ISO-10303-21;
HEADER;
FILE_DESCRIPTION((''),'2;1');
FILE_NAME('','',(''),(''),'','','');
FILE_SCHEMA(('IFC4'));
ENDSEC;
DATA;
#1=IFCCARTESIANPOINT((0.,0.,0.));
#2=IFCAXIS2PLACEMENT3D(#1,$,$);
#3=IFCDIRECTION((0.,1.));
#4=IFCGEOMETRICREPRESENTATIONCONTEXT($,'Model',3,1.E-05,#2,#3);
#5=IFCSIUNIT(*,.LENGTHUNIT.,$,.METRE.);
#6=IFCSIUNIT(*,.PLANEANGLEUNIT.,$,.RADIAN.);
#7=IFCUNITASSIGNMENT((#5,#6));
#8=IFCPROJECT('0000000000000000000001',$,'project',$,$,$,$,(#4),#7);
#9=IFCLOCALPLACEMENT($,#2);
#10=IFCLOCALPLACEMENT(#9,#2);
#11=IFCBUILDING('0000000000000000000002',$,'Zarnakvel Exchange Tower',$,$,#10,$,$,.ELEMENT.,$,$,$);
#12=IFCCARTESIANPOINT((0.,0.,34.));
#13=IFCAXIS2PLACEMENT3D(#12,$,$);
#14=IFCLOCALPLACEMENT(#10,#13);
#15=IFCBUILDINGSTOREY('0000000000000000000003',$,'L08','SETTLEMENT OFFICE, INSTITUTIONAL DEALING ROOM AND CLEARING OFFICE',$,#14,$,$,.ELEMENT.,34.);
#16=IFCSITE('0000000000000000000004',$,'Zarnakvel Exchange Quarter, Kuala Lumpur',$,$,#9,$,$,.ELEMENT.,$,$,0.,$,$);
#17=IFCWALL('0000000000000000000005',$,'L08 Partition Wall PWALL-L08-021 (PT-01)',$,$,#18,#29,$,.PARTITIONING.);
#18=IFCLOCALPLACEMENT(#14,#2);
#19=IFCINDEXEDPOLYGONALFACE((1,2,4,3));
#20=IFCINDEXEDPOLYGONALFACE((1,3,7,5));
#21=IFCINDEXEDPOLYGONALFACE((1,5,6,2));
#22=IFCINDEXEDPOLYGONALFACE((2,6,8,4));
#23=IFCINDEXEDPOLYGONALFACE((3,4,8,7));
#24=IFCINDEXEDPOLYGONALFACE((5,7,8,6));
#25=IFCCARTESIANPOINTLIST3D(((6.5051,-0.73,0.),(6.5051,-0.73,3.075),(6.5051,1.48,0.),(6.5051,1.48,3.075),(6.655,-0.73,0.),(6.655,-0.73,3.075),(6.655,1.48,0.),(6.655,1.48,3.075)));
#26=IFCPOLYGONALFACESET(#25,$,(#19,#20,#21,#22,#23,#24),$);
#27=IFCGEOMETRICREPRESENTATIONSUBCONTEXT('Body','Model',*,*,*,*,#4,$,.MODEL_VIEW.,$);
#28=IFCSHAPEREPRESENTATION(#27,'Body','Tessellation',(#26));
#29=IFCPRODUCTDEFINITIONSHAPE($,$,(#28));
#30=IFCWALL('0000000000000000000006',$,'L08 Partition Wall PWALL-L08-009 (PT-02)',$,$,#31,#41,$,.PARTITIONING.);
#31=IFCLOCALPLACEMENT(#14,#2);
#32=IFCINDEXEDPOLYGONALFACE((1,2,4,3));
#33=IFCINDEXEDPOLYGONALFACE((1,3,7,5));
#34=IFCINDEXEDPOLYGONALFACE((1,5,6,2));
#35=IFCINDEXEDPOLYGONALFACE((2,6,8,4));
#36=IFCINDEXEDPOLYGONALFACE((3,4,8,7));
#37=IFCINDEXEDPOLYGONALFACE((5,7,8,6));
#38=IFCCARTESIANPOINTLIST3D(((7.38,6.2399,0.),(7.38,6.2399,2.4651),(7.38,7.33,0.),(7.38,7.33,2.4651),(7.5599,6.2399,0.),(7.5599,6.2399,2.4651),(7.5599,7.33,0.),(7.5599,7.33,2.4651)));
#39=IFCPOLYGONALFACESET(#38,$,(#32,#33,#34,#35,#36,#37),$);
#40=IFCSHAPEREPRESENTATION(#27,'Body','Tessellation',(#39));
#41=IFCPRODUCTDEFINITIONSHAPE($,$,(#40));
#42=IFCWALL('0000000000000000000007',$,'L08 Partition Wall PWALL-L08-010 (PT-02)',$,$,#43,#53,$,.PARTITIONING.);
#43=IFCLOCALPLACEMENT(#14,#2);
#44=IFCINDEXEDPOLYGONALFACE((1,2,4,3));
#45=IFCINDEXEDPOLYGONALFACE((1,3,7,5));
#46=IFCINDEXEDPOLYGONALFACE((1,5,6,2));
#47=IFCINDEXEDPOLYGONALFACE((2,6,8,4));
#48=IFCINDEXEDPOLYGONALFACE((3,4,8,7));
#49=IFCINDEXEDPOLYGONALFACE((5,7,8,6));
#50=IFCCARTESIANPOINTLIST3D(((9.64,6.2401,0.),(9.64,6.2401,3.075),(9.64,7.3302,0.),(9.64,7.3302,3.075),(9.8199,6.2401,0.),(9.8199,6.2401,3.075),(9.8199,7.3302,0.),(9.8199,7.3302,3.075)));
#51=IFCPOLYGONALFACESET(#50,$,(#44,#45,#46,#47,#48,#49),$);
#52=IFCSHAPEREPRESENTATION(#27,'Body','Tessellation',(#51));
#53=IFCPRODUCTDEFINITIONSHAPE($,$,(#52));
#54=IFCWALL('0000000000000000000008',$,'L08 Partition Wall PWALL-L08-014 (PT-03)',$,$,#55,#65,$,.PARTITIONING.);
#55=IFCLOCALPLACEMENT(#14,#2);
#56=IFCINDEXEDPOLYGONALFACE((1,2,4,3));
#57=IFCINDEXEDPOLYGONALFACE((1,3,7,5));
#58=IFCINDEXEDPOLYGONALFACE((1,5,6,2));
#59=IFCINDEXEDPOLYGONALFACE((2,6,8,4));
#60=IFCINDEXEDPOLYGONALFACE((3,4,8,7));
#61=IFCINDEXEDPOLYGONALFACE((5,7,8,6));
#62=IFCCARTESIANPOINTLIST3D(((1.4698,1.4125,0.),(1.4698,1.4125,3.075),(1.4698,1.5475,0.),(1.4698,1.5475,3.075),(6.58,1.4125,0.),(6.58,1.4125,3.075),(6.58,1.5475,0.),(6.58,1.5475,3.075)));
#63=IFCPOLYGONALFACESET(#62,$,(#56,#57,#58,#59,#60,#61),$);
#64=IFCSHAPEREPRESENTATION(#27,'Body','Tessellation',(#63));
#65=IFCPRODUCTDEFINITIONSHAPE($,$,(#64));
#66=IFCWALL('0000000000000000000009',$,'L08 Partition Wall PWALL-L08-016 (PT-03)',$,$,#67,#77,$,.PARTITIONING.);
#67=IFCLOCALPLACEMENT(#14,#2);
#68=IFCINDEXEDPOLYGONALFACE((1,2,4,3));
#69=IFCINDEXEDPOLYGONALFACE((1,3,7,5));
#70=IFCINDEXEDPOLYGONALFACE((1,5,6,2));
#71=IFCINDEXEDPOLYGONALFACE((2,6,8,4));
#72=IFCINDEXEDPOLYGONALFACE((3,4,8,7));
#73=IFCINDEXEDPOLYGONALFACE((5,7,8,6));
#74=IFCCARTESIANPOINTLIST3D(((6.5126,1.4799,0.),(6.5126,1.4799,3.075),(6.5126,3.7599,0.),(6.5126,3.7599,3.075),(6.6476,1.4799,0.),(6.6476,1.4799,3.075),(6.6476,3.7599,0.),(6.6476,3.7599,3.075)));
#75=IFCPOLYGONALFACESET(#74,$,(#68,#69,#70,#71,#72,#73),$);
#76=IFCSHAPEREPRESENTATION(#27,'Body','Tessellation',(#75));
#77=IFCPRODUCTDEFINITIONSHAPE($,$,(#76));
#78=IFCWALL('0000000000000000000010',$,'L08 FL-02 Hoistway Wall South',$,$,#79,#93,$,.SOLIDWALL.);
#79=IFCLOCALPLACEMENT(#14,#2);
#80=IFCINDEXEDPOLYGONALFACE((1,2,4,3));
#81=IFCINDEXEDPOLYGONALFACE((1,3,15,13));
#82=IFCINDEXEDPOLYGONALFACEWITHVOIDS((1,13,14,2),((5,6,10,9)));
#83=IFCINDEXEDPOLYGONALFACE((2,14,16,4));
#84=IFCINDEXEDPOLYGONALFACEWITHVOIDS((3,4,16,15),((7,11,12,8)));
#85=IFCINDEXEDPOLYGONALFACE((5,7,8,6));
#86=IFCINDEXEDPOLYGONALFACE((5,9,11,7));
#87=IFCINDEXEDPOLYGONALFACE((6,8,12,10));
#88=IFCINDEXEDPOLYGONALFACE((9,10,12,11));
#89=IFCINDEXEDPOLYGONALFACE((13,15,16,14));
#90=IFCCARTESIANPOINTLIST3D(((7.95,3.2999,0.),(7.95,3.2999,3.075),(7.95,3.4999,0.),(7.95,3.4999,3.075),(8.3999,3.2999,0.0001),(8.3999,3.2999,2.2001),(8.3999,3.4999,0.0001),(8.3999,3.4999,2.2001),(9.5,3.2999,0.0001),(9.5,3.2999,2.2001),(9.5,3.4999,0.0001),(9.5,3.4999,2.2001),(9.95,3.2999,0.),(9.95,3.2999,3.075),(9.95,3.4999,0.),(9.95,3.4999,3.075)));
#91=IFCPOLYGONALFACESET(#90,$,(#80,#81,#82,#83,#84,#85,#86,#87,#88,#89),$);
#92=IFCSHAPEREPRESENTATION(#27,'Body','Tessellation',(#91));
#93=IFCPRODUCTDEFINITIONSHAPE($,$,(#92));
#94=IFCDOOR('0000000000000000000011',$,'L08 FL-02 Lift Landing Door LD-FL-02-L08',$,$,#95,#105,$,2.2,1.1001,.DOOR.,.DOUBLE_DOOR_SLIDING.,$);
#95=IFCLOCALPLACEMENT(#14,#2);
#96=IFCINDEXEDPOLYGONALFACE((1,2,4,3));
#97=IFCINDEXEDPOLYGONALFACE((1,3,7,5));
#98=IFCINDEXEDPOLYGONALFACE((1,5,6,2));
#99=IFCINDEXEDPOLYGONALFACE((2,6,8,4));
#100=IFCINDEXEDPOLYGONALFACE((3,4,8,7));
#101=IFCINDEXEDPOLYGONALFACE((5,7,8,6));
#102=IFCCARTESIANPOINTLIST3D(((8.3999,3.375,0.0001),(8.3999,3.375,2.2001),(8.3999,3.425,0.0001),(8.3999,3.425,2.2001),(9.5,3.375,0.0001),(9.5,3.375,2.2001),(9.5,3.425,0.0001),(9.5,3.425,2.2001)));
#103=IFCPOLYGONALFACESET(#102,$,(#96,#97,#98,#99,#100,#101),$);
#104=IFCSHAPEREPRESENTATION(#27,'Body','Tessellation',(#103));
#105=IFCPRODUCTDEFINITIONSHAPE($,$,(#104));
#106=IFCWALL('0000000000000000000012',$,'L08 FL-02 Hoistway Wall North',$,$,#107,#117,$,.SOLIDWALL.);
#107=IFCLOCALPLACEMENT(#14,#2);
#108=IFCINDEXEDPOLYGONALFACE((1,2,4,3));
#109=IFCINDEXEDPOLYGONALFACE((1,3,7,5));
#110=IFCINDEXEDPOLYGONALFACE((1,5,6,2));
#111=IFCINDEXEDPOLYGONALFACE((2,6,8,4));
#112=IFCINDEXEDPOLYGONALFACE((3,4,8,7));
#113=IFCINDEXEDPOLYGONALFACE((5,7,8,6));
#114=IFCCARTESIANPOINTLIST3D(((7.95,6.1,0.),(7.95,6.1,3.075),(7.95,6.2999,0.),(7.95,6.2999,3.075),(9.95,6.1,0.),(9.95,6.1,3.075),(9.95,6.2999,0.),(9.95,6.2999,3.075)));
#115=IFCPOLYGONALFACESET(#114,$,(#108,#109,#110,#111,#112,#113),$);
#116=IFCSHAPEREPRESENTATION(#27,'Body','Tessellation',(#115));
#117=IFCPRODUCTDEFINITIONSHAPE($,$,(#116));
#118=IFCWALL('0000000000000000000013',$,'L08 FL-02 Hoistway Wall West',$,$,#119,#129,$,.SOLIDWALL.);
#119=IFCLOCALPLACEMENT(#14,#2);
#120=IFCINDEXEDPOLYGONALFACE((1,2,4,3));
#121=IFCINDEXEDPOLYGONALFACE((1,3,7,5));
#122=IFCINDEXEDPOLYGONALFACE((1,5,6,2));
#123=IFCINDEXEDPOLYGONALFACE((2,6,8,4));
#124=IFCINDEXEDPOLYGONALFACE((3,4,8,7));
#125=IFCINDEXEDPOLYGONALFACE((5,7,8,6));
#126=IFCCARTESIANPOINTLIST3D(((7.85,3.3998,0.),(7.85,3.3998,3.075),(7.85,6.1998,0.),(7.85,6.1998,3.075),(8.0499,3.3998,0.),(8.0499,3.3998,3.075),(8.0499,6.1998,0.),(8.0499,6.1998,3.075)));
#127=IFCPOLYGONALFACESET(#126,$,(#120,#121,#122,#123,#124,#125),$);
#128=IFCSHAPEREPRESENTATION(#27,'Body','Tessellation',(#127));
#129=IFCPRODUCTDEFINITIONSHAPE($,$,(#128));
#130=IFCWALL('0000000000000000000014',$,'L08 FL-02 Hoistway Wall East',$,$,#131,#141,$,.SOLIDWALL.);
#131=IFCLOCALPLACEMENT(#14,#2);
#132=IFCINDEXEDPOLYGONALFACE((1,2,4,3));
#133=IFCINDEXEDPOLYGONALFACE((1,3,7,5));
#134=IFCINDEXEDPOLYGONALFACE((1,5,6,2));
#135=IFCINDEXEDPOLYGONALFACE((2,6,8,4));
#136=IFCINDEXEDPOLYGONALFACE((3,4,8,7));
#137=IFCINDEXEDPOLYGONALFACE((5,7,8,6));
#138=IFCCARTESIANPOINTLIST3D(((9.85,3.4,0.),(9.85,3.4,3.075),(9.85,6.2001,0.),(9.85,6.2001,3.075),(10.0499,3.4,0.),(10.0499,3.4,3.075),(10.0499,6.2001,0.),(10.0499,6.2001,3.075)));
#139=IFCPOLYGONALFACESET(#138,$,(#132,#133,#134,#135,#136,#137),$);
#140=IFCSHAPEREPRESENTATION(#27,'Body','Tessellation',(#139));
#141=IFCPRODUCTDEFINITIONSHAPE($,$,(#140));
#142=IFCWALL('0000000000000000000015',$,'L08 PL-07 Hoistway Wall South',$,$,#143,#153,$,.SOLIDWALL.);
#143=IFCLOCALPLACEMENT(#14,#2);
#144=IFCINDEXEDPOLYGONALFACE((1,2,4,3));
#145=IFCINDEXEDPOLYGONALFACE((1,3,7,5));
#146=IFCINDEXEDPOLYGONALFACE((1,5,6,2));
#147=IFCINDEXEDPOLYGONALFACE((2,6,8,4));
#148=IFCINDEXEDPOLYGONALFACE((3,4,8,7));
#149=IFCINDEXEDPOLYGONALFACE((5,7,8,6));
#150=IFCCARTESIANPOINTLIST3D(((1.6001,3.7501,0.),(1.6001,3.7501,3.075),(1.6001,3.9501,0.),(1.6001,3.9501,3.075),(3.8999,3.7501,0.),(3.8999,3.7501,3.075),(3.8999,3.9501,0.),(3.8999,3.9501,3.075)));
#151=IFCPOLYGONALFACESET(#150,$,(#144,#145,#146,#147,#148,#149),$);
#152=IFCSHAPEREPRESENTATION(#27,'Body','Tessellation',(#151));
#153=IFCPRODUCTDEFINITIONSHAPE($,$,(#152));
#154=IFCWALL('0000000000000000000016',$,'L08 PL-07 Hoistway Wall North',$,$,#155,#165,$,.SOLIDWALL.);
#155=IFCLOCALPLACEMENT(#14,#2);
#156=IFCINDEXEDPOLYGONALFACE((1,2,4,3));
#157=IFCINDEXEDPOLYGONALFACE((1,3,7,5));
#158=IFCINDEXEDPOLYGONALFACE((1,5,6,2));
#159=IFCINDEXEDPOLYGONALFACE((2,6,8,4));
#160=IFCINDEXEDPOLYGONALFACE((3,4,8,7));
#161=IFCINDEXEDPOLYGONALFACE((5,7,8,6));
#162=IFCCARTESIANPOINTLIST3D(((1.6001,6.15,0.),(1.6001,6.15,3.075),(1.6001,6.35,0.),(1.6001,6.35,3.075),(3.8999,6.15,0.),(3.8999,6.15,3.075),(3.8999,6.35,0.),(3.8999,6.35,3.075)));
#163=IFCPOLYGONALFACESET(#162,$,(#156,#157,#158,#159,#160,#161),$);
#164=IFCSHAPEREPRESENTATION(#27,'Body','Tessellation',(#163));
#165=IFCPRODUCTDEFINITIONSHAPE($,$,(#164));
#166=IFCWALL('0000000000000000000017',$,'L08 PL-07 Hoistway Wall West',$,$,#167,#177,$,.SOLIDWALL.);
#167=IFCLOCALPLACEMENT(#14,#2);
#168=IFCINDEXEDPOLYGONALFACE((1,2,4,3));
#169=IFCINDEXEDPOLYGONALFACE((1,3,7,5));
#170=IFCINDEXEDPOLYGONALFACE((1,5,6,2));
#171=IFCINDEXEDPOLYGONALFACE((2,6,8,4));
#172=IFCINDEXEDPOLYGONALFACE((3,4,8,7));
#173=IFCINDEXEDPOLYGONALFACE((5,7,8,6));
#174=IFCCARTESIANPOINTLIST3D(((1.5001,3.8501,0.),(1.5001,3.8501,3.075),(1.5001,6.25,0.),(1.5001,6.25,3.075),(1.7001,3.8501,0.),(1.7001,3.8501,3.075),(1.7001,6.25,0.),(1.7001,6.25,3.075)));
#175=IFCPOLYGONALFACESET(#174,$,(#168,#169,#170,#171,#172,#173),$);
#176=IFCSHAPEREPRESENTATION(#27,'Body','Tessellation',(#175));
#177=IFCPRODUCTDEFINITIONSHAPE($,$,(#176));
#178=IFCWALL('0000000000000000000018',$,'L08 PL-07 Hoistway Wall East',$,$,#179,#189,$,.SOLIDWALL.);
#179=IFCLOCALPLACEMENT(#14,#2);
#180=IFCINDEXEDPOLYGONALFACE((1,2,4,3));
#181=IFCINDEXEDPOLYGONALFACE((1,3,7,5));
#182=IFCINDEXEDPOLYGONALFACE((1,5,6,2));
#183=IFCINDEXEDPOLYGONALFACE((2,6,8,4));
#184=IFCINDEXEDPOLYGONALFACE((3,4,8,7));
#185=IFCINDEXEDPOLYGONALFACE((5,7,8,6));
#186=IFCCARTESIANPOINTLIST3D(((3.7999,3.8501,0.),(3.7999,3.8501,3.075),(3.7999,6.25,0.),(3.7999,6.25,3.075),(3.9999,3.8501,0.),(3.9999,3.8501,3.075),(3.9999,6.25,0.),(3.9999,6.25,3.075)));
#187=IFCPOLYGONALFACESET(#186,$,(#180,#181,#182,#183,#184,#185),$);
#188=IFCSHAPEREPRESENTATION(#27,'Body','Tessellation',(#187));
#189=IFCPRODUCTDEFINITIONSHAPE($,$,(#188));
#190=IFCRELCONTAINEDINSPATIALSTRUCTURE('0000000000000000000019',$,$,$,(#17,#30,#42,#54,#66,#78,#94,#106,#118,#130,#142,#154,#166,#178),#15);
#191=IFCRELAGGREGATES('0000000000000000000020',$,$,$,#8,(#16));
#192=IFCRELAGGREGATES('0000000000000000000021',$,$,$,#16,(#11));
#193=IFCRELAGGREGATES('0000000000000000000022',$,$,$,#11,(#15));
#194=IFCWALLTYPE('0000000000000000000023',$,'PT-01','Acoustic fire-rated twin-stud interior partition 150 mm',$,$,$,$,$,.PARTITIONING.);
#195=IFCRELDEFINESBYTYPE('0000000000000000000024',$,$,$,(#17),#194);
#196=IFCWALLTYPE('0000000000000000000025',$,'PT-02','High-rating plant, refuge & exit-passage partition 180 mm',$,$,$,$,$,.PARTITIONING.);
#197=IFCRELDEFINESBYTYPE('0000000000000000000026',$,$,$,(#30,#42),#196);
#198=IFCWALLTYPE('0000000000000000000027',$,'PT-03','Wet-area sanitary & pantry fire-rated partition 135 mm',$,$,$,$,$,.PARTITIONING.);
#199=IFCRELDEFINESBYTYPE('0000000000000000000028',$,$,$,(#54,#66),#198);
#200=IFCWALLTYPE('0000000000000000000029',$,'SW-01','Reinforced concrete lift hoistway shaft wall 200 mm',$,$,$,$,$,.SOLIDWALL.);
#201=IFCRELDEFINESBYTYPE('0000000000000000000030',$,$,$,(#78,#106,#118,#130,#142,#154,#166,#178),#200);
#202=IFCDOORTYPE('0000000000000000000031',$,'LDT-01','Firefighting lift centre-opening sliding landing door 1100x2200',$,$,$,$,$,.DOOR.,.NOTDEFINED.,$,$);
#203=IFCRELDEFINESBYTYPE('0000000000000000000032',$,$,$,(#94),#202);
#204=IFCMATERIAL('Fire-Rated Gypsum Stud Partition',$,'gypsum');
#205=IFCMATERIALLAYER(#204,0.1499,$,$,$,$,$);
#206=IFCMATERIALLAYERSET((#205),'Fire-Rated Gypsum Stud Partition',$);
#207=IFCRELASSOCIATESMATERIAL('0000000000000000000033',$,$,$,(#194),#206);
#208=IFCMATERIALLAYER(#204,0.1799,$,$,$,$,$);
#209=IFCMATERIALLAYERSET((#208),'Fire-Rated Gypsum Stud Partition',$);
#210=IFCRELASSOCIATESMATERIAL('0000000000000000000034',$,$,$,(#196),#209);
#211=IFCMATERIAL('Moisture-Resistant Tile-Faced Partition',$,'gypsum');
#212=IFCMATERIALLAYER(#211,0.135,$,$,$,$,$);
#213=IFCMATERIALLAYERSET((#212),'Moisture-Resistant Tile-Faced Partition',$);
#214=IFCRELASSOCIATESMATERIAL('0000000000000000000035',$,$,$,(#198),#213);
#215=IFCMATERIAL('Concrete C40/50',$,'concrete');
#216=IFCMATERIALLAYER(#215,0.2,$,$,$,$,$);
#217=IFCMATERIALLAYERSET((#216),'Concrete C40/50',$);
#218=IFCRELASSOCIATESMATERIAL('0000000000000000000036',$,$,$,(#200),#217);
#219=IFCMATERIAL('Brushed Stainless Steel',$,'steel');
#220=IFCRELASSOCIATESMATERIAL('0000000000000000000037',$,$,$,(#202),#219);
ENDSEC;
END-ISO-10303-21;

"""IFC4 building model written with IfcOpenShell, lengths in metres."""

from ifc_helpers import new_model, si_unit, direction, frame, frame_2d, origin, place, context, subcontext, project, spatial, rectangle, extrude, source, transform, mapped, material, layer, layer_set, type_object, element, fill, save


model = new_model("IFC4")

# Units and contexts
model_context = context("Model", 3, precision=1e-05, world=origin(), true_north=direction((0.0, 1.0)))
body_context = subcontext(model_context, "Body", "Model", "MODEL_VIEW")
ifc_project = project(units=[si_unit("LENGTHUNIT", "METRE"), si_unit("PLANEANGLEUNIT", "RADIAN")], contexts=[model_context])

# Site, building, storey
site_placement = place(None, origin())
site = spatial("IfcSite", under=ifc_project, at=site_placement, Name="Zarnakvel Exchange Quarter, Kuala Lumpur", CompositionType="ELEMENT", RefElevation=0.0)
building_placement = place(site_placement, origin())
building = spatial("IfcBuilding", under=site, at=building_placement, Name="Zarnakvel Exchange Tower", CompositionType="ELEMENT")
storey_placement = place(building_placement, frame((0.0, 0.0, 34.0)))
storey = spatial("IfcBuildingStorey", under=building, at=storey_placement, Name="L08", Description="SETTLEMENT OFFICE, INSTITUTIONAL DEALING ROOM AND CLEARING OFFICE", CompositionType="ELEMENT", Elevation=34.0)

# Walls
ifc_material_1 = material(Name="Fire-Rated Gypsum Stud Partition", Category="gypsum")
ifc_layer_1 = layer(ifc_material_1, 0.1499)
ifc_layer_set_1 = layer_set([ifc_layer_1], Name="Fire-Rated Gypsum Stud Partition")
wall_type_1 = type_object("IfcWallType", Name="PT-01", Description="Acoustic fire-rated twin-stud interior partition 150 mm", PredefinedType="PARTITIONING", material=ifc_layer_set_1)
wall_1_placement = place(storey_placement, frame((6.5801, 1.48, 0.0), z_axis=(0.0, 0.0, 1.0), x_axis=(0.0, -1.0, 0.0)))
element("IfcWall", 1, at=wall_1_placement, inside=storey, type_object=wall_type_1, Name="L08 Partition Wall PWALL-L08-021 (PT-01)", PredefinedType="PARTITIONING", context=body_context, shape_type="SweptSolid", body=[
    extrude(rectangle(XDim=2.21, YDim=0.1499, at=frame_2d((1.105, 0.0))), origin(), (0.0, 0.0, 1.0), 3.075),
])
ifc_layer_2 = layer(ifc_material_1, 0.1799)
ifc_layer_set_2 = layer_set([ifc_layer_2], Name="Fire-Rated Gypsum Stud Partition")
wall_type_2 = type_object("IfcWallType", Name="PT-02", Description="High-rating plant, refuge & exit-passage partition 180 mm", PredefinedType="PARTITIONING", material=ifc_layer_set_2)
wall_2_placement = place(storey_placement, frame((7.47, 6.24, 0.0), z_axis=(0.0, 0.0, 1.0), x_axis=(0.0, 1.0, 0.0)))
element("IfcWall", 2, at=wall_2_placement, inside=storey, type_object=wall_type_2, Name="L08 Partition Wall PWALL-L08-009 (PT-02)", PredefinedType="PARTITIONING", context=body_context, shape_type="SweptSolid", body=[
    extrude(rectangle(XDim=1.0901, YDim=0.1799, at=frame_2d((0.5449, 0.0))), origin(), (0.0, 0.0, 1.0), 2.4651),
])
wall_3_placement = place(storey_placement, frame((9.73, 7.3301, 0.0), z_axis=(0.0, 0.0, 1.0), x_axis=(0.0, -1.0, 0.0)))
element("IfcWall", 3, at=wall_3_placement, inside=storey, type_object=wall_type_2, Name="L08 Partition Wall PWALL-L08-010 (PT-02)", PredefinedType="PARTITIONING", context=body_context, shape_type="SweptSolid", body=[
    extrude(rectangle(XDim=1.0901, YDim=0.1799, at=frame_2d((0.5449, 0.0))), origin(), (0.0, 0.0, 1.0), 3.075),
])
ifc_material_2 = material(Name="Moisture-Resistant Tile-Faced Partition", Category="gypsum")
ifc_layer_3 = layer(ifc_material_2, 0.135)
ifc_layer_set_3 = layer_set([ifc_layer_3], Name="Moisture-Resistant Tile-Faced Partition")
wall_type_3 = type_object("IfcWallType", Name="PT-03", Description="Wet-area sanitary & pantry fire-rated partition 135 mm", PredefinedType="PARTITIONING", material=ifc_layer_set_3)
wall_4_placement = place(storey_placement, frame((6.5801, 1.48, 0.0), z_axis=(0.0, 0.0, 1.0), x_axis=(-1.0, 0.0, 0.0)))
element("IfcWall", 4, at=wall_4_placement, inside=storey, type_object=wall_type_3, Name="L08 Partition Wall PWALL-L08-014 (PT-03)", PredefinedType="PARTITIONING", context=body_context, shape_type="SweptSolid", body=[
    extrude(rectangle(XDim=5.1101, YDim=0.135, at=frame_2d((2.5552, 0.0))), origin(), (0.0, 0.0, 1.0), 3.075),
])
wall_5_placement = place(storey_placement, frame((6.5801, 3.76, 0.0), z_axis=(0.0, 0.0, 1.0), x_axis=(0.0, -1.0, 0.0)))
element("IfcWall", 5, at=wall_5_placement, inside=storey, type_object=wall_type_3, Name="L08 Partition Wall PWALL-L08-016 (PT-03)", PredefinedType="PARTITIONING", context=body_context, shape_type="SweptSolid", body=[
    extrude(rectangle(XDim=2.28, YDim=0.135, at=frame_2d((1.1401, 0.0))), origin(), (0.0, 0.0, 1.0), 3.075),
])

# Wall, opening, door
ifc_material_3 = material(Name="Concrete C40/50", Category="concrete")
ifc_layer_4 = layer(ifc_material_3, 0.2)
ifc_layer_set_4 = layer_set([ifc_layer_4], Name="Concrete C40/50")
wall_type_4 = type_object("IfcWallType", Name="SW-01", Description="Reinforced concrete lift hoistway shaft wall 200 mm", PredefinedType="SOLIDWALL", material=ifc_layer_set_4)
wall_6_placement = place(storey_placement, frame((9.95, 3.3999, 0.0), z_axis=(0.0, 0.0, 1.0), x_axis=(-1.0, 0.0, 0.0)))
wall_6 = element("IfcWall", 6, at=wall_6_placement, inside=storey, type_object=wall_type_4, Name="L08 FL-02 Hoistway Wall South", PredefinedType="SOLIDWALL", context=body_context, shape_type="SweptSolid", body=[
    extrude(rectangle(XDim=2.0, YDim=0.2, at=frame_2d((1.0, 0.0))), origin(), (0.0, 0.0, 1.0), 3.075),
])
opening_placement = place(wall_6_placement, frame((0.45, 0.0, 0.0)))
opening = element("IfcOpeningElement", 7, at=opening_placement, cuts=wall_6, PredefinedType="OPENING", context=body_context, shape_type="SweptSolid", body=[
    extrude(rectangle(XDim=1.1001, YDim=2.2, at=frame_2d((0.55, 1.1001))), frame((0.0, 0.1099, 0.0), z_axis=(0.0, -1.0, 0.0), x_axis=(1.0, 0.0, 0.0)), (0.0, 0.0, 1.0), 0.22),
])
ifc_material_4 = material(Name="Brushed Stainless Steel", Category="steel")
door_type = type_object("IfcDoorType", Name="LDT-01", Description="Firefighting lift centre-opening sliding landing door 1100x2200", OperationType="NOTDEFINED", PredefinedType="DOOR", material=ifc_material_4)
shared_shape_1 = source(origin(), body_context, "Body", "SweptSolid", [
    extrude(rectangle(XDim=1.1001, YDim=2.2, at=frame_2d((0.55, 1.1001))), frame((0.0, 0.0249, 0.0), z_axis=(0.0, -1.0, 0.0), x_axis=(1.0, 0.0, 0.0)), (0.0, 0.0, 1.0), 0.05),
])
door_placement = place(opening_placement, origin())
door = element("IfcDoor", 8, at=door_placement, inside=storey, type_object=door_type, Name="L08 FL-02 Lift Landing Door LD-FL-02-L08", OperationType="DOUBLE_DOOR_SLIDING", OverallHeight=2.2, OverallWidth=1.1001, PredefinedType="DOOR", context=body_context, shape_type="MappedRepresentation", body=[
    mapped(shared_shape_1, transform((0.0, 0.0, 0.0), x_axis=(1.0, 0.0, 0.0), y_axis=(0.0, 1.0, 0.0), z_axis=(0.0, 0.0, 1.0), scale=1.0)),
])
fill(opening, door)

# Walls
wall_7_placement = place(storey_placement, frame((7.95, 6.2, 0.0), z_axis=(0.0, 0.0, 1.0), x_axis=(1.0, 0.0, 0.0)))
element("IfcWall", 9, at=wall_7_placement, inside=storey, type_object=wall_type_4, Name="L08 FL-02 Hoistway Wall North", PredefinedType="SOLIDWALL", context=body_context, shape_type="SweptSolid", body=[
    extrude(rectangle(XDim=2.0, YDim=0.2, at=frame_2d((1.0, 0.0))), origin(), (0.0, 0.0, 1.0), 3.075),
])
for number, where, z_axis, x_axis, name in (
    (10, (7.95, 3.3999, 0.0), (0.0, 0.0, 1.0), (0.0, 1.0, 0.0), "L08 FL-02 Hoistway Wall West"),
    (11, (9.95, 6.2, 0.0), (0.0, 0.0, 1.0), (0.0, -1.0, 0.0), "L08 FL-02 Hoistway Wall East"),
):
    element("IfcWall", number, at=place(storey_placement, frame(where, z_axis=z_axis, x_axis=x_axis)), inside=storey, type_object=wall_type_4, Name=name, PredefinedType="SOLIDWALL", context=body_context, shape_type="SweptSolid", body=[
        extrude(rectangle(XDim=2.8, YDim=0.2, at=frame_2d((1.3999, 0.0))), origin(), (0.0, 0.0, 1.0), 3.075),
    ])
for number, where, z_axis, x_axis, name in (
    (12, (3.8999, 3.8501, 0.0), (0.0, 0.0, 1.0), (-1.0, 0.0, 0.0), "L08 PL-07 Hoistway Wall South"),
    (13, (1.6001, 6.25, 0.0), (0.0, 0.0, 1.0), (1.0, 0.0, 0.0), "L08 PL-07 Hoistway Wall North"),
):
    element("IfcWall", number, at=place(storey_placement, frame(where, z_axis=z_axis, x_axis=x_axis)), inside=storey, type_object=wall_type_4, Name=name, PredefinedType="SOLIDWALL", context=body_context, shape_type="SweptSolid", body=[
        extrude(rectangle(XDim=2.2998, YDim=0.2, at=frame_2d((1.1499, 0.0))), origin(), (0.0, 0.0, 1.0), 3.075),
    ])
for number, where, z_axis, x_axis, name in (
    (14, (1.6001, 3.8501, 0.0), (0.0, 0.0, 1.0), (0.0, 1.0, 0.0), "L08 PL-07 Hoistway Wall West"),
    (15, (3.8999, 6.25, 0.0), (0.0, 0.0, 1.0), (0.0, -1.0, 0.0), "L08 PL-07 Hoistway Wall East"),
):
    element("IfcWall", number, at=place(storey_placement, frame(where, z_axis=z_axis, x_axis=x_axis)), inside=storey, type_object=wall_type_4, Name=name, PredefinedType="SOLIDWALL", context=body_context, shape_type="SweptSolid", body=[
        extrude(rectangle(XDim=2.3999, YDim=0.2, at=frame_2d((1.2, 0.0))), origin(), (0.0, 0.0, 1.0), 3.075),
    ])

save(model, "model.ifc")
